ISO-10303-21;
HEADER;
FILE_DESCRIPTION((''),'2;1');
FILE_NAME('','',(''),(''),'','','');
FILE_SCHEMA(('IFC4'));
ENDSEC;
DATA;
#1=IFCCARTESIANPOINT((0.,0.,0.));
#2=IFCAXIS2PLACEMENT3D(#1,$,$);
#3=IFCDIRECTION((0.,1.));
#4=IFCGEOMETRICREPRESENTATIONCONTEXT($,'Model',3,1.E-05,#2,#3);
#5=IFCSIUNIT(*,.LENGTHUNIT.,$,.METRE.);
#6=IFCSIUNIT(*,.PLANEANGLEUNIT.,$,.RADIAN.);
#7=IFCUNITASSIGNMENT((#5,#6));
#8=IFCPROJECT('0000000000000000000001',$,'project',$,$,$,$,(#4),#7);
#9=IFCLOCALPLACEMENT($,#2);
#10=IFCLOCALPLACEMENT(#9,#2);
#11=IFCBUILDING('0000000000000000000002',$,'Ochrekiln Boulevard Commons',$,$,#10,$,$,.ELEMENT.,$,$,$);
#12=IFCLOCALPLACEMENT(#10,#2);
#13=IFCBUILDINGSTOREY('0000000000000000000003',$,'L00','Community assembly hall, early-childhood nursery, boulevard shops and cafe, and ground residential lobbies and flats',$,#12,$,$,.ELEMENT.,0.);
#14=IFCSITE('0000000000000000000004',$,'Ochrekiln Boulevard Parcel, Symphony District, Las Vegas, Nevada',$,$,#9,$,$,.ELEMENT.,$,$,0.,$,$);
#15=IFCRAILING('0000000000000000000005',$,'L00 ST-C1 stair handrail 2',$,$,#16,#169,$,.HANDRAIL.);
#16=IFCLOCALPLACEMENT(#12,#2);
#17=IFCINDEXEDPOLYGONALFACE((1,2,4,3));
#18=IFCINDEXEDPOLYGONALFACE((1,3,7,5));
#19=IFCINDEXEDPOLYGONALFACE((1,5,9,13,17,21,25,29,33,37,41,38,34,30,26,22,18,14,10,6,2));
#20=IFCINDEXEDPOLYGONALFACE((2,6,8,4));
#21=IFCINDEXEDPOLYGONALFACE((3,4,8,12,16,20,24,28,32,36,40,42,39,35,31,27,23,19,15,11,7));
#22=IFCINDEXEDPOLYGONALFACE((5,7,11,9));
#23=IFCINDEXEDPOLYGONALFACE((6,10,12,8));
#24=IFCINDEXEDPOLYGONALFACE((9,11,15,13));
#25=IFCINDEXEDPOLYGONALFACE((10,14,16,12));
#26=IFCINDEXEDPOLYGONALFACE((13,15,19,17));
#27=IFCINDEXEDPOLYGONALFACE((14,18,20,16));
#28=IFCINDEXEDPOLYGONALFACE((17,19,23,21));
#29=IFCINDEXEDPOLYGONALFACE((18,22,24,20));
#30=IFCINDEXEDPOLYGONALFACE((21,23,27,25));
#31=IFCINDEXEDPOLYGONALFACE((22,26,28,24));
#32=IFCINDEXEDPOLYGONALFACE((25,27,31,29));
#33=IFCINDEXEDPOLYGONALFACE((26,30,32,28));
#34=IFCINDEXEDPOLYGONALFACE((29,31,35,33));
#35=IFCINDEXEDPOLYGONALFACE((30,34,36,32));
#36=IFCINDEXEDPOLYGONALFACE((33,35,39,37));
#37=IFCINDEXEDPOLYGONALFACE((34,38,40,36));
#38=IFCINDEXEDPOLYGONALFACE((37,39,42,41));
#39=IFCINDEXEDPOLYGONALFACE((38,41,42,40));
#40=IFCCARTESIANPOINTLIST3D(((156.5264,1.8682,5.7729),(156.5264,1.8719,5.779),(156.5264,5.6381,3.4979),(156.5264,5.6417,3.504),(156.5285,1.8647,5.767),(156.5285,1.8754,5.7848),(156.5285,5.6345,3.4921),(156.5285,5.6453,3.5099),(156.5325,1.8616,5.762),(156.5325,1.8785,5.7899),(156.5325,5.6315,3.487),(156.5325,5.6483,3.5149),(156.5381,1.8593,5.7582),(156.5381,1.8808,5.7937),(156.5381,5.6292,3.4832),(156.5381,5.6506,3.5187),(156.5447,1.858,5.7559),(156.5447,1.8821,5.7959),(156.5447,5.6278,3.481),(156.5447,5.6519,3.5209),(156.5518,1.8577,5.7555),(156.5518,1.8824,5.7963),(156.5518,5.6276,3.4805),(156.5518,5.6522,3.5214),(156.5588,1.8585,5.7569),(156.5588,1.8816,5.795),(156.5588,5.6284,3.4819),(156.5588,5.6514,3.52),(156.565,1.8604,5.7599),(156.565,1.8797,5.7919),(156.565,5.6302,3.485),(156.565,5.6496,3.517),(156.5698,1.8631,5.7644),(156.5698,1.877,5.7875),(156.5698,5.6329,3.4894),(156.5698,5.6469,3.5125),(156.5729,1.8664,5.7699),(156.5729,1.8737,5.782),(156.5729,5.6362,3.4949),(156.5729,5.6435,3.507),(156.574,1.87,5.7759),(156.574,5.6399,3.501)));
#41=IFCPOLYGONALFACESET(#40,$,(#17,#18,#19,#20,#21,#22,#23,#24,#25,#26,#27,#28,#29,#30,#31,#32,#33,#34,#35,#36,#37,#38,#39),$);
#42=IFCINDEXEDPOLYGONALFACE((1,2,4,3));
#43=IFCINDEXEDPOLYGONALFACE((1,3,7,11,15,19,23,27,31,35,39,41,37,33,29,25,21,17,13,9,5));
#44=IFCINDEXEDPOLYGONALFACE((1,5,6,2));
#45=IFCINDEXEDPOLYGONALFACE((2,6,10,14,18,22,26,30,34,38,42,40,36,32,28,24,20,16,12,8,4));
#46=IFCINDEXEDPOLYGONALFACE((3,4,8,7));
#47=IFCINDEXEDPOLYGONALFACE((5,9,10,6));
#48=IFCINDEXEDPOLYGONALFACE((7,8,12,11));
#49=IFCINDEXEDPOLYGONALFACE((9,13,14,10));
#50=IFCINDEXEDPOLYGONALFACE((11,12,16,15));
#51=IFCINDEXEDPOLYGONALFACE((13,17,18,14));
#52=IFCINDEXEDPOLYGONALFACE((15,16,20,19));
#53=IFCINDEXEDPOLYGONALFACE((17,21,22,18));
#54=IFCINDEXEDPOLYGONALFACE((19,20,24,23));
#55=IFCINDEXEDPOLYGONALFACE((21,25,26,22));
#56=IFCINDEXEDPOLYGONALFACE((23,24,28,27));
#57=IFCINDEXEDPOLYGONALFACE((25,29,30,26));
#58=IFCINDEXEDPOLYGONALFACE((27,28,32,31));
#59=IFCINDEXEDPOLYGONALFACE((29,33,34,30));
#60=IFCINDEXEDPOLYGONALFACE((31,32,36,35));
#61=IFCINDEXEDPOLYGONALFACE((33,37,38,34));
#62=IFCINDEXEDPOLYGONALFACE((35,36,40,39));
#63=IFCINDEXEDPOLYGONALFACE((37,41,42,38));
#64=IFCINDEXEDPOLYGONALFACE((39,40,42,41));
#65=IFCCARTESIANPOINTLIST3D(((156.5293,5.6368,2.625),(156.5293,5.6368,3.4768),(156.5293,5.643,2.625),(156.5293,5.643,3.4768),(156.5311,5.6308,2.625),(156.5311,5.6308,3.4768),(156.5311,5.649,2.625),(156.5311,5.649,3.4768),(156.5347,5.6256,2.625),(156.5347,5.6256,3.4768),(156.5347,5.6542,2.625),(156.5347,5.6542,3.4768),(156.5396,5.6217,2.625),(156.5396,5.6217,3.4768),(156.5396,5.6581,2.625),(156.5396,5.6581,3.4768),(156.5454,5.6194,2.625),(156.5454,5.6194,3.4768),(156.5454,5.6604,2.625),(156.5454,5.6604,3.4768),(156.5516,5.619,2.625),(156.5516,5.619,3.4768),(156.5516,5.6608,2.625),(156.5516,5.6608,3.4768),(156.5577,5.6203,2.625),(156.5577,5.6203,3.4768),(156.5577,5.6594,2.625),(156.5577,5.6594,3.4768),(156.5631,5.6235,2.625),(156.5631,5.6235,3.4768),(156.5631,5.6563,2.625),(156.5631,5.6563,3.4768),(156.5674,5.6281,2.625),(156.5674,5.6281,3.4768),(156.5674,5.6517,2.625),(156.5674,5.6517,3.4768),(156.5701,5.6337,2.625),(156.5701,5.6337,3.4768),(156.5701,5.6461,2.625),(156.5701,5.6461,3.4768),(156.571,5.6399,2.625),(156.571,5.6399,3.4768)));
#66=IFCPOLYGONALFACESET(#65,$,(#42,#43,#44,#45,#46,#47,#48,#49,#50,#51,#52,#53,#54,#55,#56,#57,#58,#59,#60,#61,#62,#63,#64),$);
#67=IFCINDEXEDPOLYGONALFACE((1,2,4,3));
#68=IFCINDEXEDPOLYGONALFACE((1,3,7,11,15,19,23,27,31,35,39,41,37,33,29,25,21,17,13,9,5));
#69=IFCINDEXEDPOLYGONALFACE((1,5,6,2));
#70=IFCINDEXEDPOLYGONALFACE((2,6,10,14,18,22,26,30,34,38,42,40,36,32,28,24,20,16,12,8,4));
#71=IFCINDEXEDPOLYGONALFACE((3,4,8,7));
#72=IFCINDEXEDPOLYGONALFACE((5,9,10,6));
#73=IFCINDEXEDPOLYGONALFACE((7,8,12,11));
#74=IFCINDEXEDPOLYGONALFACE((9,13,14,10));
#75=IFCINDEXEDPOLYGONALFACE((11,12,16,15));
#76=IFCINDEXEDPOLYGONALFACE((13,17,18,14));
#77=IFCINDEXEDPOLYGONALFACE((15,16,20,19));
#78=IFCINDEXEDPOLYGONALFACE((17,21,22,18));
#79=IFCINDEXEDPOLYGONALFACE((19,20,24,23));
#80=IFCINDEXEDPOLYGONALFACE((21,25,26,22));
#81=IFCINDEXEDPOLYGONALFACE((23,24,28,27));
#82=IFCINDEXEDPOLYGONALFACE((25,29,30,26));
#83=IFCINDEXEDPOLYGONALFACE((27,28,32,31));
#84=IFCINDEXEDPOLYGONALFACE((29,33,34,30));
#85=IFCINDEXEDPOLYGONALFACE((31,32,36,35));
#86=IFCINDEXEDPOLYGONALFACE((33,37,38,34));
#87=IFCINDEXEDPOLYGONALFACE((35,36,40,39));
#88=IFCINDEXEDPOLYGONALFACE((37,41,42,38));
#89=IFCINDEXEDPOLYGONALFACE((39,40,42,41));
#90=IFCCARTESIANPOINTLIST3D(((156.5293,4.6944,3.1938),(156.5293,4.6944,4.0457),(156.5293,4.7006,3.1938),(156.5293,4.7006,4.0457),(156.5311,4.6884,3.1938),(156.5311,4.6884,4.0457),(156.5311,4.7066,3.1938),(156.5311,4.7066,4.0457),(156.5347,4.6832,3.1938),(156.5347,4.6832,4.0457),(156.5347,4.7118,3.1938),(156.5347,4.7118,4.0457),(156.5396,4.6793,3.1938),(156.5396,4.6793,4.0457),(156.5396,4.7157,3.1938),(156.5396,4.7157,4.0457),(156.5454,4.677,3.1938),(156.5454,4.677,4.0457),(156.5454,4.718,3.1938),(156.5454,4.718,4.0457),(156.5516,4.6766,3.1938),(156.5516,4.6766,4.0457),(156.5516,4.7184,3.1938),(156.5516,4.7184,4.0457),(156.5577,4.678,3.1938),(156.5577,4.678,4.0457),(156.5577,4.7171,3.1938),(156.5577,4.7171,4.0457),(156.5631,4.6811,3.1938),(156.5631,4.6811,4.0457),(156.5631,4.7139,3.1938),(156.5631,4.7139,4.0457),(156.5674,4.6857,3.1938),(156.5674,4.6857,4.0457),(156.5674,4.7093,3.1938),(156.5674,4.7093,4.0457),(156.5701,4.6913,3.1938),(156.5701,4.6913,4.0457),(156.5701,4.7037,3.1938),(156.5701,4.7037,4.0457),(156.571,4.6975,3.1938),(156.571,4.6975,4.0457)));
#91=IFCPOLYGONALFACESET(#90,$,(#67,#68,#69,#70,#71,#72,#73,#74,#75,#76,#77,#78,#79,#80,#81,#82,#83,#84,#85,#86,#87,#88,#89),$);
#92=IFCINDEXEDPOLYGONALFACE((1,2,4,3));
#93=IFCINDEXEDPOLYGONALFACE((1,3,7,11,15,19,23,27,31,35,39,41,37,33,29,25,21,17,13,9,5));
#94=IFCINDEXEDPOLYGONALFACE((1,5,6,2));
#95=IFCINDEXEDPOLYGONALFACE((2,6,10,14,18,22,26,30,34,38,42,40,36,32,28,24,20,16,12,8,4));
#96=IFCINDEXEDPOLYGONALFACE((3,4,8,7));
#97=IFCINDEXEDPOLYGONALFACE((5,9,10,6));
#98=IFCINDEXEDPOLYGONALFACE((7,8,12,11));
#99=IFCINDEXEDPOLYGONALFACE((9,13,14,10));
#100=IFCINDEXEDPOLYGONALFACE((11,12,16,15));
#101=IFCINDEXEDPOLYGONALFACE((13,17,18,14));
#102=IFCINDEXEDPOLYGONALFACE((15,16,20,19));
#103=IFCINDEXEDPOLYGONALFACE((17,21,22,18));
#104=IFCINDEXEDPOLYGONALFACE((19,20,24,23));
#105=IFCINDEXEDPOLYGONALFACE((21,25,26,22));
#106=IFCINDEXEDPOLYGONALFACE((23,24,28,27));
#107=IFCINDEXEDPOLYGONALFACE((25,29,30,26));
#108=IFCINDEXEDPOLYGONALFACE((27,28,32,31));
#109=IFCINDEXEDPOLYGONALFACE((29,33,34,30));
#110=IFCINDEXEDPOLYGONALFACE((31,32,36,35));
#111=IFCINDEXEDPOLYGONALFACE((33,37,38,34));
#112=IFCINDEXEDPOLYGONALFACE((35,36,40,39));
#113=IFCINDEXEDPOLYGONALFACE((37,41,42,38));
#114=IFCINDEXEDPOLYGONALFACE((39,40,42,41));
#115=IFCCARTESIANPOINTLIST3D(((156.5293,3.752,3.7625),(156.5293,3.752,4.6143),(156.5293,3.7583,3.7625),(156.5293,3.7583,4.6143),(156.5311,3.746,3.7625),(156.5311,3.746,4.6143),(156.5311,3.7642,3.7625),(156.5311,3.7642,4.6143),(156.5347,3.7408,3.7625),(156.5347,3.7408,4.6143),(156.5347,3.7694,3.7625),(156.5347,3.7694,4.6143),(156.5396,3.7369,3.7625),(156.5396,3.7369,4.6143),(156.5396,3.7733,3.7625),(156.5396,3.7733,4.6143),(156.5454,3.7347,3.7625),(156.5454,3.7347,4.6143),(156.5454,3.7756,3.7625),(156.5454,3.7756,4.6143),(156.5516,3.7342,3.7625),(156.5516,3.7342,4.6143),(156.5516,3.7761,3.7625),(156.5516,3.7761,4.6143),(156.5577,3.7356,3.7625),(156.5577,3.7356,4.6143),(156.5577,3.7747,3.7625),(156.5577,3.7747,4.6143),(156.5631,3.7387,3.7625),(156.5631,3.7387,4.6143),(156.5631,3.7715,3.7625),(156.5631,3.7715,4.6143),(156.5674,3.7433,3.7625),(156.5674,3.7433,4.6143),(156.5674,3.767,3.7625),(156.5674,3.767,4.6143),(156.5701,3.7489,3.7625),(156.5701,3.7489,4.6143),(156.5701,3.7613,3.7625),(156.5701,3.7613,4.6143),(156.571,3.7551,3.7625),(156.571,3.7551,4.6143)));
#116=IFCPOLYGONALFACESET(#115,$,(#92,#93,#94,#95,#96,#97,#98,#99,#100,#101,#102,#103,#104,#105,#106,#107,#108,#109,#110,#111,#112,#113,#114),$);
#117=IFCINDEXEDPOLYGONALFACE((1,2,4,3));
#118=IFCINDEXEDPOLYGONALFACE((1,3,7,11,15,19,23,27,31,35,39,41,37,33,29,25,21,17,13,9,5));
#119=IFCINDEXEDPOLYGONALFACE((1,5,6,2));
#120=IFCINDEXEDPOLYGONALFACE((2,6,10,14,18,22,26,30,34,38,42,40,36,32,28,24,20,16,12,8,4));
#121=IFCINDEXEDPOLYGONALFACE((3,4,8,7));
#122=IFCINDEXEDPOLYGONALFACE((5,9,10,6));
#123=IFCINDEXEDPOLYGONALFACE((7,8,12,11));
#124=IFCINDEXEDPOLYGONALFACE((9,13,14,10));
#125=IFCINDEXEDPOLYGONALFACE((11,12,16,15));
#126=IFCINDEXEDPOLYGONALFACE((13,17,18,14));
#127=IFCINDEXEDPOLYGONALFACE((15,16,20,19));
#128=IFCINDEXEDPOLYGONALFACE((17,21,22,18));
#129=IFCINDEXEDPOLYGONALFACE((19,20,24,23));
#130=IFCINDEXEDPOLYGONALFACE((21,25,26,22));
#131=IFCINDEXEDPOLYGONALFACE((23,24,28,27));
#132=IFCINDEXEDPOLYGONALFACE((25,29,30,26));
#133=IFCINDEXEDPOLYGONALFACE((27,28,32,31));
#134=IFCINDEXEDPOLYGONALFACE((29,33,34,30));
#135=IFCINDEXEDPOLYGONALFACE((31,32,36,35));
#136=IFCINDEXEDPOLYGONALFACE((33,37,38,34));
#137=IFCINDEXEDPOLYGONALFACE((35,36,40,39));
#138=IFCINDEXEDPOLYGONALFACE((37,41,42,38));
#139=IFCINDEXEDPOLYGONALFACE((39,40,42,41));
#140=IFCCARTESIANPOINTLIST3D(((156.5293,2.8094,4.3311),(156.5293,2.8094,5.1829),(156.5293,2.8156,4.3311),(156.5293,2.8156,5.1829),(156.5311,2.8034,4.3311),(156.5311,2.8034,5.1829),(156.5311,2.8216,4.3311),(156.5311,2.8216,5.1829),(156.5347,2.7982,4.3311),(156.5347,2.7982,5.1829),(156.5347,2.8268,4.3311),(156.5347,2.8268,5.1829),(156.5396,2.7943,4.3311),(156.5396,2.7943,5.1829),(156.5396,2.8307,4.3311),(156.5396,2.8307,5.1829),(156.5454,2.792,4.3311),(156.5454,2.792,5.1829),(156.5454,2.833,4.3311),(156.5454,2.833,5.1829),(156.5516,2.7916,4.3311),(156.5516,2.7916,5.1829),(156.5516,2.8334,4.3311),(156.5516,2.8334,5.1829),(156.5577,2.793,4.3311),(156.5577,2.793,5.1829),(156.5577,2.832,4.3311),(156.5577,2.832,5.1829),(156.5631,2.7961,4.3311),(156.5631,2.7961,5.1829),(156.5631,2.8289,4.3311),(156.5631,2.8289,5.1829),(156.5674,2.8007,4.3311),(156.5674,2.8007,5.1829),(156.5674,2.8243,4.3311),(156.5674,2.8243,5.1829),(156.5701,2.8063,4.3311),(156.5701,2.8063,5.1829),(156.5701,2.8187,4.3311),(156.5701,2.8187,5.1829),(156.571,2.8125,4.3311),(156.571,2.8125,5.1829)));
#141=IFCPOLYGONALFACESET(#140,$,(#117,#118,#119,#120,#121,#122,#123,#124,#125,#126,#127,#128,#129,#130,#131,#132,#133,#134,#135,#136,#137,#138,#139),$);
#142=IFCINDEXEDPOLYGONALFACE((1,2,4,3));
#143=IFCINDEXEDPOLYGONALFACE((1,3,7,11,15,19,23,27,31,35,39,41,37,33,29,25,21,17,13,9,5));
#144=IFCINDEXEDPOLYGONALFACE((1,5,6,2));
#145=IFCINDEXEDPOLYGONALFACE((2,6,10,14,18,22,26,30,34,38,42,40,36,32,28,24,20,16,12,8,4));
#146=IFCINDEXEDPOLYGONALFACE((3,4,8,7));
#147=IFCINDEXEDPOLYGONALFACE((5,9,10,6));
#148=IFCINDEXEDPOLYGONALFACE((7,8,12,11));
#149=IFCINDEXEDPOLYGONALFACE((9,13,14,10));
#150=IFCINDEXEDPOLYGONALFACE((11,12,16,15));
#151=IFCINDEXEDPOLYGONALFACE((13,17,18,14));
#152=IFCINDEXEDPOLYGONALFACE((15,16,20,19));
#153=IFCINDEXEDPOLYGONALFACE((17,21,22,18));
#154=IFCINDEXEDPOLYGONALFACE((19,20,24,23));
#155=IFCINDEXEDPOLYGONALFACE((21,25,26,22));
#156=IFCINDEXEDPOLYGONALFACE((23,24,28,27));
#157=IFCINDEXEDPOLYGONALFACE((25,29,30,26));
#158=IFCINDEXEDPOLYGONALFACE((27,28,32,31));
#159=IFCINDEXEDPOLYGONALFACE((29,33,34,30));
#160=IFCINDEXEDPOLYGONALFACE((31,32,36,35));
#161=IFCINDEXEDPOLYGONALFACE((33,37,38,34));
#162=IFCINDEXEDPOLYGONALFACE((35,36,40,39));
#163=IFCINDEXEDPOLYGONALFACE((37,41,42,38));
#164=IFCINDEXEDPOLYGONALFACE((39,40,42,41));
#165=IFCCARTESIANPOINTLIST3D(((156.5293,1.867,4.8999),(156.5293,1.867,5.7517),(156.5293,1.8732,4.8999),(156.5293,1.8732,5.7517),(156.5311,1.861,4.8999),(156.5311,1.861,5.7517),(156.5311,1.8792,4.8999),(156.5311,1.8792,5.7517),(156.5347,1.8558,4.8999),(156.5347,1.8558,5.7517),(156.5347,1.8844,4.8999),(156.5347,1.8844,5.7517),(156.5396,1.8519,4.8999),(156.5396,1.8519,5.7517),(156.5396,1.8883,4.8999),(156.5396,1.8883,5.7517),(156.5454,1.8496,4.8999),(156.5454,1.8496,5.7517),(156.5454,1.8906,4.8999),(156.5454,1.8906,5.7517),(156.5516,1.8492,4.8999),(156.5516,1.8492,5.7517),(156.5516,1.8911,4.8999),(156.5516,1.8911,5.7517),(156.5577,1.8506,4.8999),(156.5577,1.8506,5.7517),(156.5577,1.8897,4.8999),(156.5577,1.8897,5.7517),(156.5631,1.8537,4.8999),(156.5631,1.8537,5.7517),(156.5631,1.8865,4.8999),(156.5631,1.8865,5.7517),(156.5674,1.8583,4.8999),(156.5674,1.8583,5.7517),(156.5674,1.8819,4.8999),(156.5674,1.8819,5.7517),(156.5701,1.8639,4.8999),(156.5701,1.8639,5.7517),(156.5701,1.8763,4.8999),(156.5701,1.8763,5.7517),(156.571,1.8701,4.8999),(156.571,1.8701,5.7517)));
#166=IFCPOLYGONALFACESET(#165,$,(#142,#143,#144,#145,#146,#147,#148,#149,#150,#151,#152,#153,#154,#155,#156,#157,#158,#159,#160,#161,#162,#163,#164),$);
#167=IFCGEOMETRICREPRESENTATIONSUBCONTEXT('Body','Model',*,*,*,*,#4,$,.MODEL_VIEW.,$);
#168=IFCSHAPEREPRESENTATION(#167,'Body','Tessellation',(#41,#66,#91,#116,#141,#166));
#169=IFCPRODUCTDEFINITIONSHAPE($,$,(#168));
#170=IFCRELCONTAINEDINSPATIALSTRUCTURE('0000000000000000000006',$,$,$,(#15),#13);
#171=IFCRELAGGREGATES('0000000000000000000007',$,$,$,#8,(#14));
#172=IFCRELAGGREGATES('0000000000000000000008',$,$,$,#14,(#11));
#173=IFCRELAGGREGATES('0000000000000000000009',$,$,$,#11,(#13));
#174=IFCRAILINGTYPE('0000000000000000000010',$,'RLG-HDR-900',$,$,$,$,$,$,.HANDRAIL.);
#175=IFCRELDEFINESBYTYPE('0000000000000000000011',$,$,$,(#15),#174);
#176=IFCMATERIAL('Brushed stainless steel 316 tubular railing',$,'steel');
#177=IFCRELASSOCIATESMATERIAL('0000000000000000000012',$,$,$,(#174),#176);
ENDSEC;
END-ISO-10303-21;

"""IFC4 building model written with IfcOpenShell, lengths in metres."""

from ifc_helpers import new_model, si_unit, direction, frame, origin, origin_2d, place, context, subcontext, project, spatial, circle, extrude, material, type_object, element, save


model = new_model("IFC4")

# Units and contexts
model_context = context("Model", 3, precision=1e-05, world=origin(), true_north=direction((0.0, 1.0)))
body_context = subcontext(model_context, "Body", "Model", "MODEL_VIEW")
ifc_project = project(units=[si_unit("LENGTHUNIT", "METRE"), si_unit("PLANEANGLEUNIT", "RADIAN")], contexts=[model_context])

# Site, building, storey
site_placement = place(None, origin())
site = spatial("IfcSite", under=ifc_project, at=site_placement, Name="Ochrekiln Boulevard Parcel, Symphony District, Las Vegas, Nevada", CompositionType="ELEMENT", RefElevation=0.0)
building_placement = place(site_placement, origin())
building = spatial("IfcBuilding", under=site, at=building_placement, Name="Ochrekiln Boulevard Commons", CompositionType="ELEMENT")
storey_placement = place(building_placement, origin())
storey = spatial("IfcBuildingStorey", under=building, at=storey_placement, Name="L00", Description="Community assembly hall, early-childhood nursery, boulevard shops and cafe, and ground residential lobbies and flats", CompositionType="ELEMENT", Elevation=0.0)

# Railing
ifc_material_1 = material(Name="Brushed stainless steel 316 tubular railing", Category="steel")
railing_type_1 = type_object("IfcRailingType", Name="RLG-HDR-900", PredefinedType="HANDRAIL", material=ifc_material_1)
railing_1_placement = place(storey_placement, frame((156.55, 5.6399, 2.625)))
element("IfcRailing", 1, at=railing_1_placement, inside=storey, type_object=railing_type_1, Name="L00 ST-C1 stair handrail 2", PredefinedType="HANDRAIL", context=body_context, shape_type="SweptSolid", body=[
    extrude(circle(Radius=0.0239, at=origin_2d()), frame((0.0, 0.0, 0.876), z_axis=(0.0, -0.856184, 0.516671), x_axis=(1.0, 0.0, 0.0)), (0.0, 0.0, 1.0), 4.4031),
    extrude(circle(Radius=0.021, at=origin_2d()), origin(), (0.0, 0.0, 1.0), 0.8518),
    extrude(circle(Radius=0.021, at=origin_2d()), frame((0.0, -0.9424, 0.5688)), (0.0, 0.0, 1.0), 0.8518),
    extrude(circle(Radius=0.021, at=origin_2d()), frame((0.0, -1.8848, 1.1375)), (0.0, 0.0, 1.0), 0.8518),
    extrude(circle(Radius=0.021, at=origin_2d()), frame((0.0, -2.8274, 1.7061)), (0.0, 0.0, 1.0), 0.8518),
    extrude(circle(Radius=0.021, at=origin_2d()), frame((0.0, -3.7698, 2.2749)), (0.0, 0.0, 1.0), 0.8518),
])

save(model, "model.ifc")
